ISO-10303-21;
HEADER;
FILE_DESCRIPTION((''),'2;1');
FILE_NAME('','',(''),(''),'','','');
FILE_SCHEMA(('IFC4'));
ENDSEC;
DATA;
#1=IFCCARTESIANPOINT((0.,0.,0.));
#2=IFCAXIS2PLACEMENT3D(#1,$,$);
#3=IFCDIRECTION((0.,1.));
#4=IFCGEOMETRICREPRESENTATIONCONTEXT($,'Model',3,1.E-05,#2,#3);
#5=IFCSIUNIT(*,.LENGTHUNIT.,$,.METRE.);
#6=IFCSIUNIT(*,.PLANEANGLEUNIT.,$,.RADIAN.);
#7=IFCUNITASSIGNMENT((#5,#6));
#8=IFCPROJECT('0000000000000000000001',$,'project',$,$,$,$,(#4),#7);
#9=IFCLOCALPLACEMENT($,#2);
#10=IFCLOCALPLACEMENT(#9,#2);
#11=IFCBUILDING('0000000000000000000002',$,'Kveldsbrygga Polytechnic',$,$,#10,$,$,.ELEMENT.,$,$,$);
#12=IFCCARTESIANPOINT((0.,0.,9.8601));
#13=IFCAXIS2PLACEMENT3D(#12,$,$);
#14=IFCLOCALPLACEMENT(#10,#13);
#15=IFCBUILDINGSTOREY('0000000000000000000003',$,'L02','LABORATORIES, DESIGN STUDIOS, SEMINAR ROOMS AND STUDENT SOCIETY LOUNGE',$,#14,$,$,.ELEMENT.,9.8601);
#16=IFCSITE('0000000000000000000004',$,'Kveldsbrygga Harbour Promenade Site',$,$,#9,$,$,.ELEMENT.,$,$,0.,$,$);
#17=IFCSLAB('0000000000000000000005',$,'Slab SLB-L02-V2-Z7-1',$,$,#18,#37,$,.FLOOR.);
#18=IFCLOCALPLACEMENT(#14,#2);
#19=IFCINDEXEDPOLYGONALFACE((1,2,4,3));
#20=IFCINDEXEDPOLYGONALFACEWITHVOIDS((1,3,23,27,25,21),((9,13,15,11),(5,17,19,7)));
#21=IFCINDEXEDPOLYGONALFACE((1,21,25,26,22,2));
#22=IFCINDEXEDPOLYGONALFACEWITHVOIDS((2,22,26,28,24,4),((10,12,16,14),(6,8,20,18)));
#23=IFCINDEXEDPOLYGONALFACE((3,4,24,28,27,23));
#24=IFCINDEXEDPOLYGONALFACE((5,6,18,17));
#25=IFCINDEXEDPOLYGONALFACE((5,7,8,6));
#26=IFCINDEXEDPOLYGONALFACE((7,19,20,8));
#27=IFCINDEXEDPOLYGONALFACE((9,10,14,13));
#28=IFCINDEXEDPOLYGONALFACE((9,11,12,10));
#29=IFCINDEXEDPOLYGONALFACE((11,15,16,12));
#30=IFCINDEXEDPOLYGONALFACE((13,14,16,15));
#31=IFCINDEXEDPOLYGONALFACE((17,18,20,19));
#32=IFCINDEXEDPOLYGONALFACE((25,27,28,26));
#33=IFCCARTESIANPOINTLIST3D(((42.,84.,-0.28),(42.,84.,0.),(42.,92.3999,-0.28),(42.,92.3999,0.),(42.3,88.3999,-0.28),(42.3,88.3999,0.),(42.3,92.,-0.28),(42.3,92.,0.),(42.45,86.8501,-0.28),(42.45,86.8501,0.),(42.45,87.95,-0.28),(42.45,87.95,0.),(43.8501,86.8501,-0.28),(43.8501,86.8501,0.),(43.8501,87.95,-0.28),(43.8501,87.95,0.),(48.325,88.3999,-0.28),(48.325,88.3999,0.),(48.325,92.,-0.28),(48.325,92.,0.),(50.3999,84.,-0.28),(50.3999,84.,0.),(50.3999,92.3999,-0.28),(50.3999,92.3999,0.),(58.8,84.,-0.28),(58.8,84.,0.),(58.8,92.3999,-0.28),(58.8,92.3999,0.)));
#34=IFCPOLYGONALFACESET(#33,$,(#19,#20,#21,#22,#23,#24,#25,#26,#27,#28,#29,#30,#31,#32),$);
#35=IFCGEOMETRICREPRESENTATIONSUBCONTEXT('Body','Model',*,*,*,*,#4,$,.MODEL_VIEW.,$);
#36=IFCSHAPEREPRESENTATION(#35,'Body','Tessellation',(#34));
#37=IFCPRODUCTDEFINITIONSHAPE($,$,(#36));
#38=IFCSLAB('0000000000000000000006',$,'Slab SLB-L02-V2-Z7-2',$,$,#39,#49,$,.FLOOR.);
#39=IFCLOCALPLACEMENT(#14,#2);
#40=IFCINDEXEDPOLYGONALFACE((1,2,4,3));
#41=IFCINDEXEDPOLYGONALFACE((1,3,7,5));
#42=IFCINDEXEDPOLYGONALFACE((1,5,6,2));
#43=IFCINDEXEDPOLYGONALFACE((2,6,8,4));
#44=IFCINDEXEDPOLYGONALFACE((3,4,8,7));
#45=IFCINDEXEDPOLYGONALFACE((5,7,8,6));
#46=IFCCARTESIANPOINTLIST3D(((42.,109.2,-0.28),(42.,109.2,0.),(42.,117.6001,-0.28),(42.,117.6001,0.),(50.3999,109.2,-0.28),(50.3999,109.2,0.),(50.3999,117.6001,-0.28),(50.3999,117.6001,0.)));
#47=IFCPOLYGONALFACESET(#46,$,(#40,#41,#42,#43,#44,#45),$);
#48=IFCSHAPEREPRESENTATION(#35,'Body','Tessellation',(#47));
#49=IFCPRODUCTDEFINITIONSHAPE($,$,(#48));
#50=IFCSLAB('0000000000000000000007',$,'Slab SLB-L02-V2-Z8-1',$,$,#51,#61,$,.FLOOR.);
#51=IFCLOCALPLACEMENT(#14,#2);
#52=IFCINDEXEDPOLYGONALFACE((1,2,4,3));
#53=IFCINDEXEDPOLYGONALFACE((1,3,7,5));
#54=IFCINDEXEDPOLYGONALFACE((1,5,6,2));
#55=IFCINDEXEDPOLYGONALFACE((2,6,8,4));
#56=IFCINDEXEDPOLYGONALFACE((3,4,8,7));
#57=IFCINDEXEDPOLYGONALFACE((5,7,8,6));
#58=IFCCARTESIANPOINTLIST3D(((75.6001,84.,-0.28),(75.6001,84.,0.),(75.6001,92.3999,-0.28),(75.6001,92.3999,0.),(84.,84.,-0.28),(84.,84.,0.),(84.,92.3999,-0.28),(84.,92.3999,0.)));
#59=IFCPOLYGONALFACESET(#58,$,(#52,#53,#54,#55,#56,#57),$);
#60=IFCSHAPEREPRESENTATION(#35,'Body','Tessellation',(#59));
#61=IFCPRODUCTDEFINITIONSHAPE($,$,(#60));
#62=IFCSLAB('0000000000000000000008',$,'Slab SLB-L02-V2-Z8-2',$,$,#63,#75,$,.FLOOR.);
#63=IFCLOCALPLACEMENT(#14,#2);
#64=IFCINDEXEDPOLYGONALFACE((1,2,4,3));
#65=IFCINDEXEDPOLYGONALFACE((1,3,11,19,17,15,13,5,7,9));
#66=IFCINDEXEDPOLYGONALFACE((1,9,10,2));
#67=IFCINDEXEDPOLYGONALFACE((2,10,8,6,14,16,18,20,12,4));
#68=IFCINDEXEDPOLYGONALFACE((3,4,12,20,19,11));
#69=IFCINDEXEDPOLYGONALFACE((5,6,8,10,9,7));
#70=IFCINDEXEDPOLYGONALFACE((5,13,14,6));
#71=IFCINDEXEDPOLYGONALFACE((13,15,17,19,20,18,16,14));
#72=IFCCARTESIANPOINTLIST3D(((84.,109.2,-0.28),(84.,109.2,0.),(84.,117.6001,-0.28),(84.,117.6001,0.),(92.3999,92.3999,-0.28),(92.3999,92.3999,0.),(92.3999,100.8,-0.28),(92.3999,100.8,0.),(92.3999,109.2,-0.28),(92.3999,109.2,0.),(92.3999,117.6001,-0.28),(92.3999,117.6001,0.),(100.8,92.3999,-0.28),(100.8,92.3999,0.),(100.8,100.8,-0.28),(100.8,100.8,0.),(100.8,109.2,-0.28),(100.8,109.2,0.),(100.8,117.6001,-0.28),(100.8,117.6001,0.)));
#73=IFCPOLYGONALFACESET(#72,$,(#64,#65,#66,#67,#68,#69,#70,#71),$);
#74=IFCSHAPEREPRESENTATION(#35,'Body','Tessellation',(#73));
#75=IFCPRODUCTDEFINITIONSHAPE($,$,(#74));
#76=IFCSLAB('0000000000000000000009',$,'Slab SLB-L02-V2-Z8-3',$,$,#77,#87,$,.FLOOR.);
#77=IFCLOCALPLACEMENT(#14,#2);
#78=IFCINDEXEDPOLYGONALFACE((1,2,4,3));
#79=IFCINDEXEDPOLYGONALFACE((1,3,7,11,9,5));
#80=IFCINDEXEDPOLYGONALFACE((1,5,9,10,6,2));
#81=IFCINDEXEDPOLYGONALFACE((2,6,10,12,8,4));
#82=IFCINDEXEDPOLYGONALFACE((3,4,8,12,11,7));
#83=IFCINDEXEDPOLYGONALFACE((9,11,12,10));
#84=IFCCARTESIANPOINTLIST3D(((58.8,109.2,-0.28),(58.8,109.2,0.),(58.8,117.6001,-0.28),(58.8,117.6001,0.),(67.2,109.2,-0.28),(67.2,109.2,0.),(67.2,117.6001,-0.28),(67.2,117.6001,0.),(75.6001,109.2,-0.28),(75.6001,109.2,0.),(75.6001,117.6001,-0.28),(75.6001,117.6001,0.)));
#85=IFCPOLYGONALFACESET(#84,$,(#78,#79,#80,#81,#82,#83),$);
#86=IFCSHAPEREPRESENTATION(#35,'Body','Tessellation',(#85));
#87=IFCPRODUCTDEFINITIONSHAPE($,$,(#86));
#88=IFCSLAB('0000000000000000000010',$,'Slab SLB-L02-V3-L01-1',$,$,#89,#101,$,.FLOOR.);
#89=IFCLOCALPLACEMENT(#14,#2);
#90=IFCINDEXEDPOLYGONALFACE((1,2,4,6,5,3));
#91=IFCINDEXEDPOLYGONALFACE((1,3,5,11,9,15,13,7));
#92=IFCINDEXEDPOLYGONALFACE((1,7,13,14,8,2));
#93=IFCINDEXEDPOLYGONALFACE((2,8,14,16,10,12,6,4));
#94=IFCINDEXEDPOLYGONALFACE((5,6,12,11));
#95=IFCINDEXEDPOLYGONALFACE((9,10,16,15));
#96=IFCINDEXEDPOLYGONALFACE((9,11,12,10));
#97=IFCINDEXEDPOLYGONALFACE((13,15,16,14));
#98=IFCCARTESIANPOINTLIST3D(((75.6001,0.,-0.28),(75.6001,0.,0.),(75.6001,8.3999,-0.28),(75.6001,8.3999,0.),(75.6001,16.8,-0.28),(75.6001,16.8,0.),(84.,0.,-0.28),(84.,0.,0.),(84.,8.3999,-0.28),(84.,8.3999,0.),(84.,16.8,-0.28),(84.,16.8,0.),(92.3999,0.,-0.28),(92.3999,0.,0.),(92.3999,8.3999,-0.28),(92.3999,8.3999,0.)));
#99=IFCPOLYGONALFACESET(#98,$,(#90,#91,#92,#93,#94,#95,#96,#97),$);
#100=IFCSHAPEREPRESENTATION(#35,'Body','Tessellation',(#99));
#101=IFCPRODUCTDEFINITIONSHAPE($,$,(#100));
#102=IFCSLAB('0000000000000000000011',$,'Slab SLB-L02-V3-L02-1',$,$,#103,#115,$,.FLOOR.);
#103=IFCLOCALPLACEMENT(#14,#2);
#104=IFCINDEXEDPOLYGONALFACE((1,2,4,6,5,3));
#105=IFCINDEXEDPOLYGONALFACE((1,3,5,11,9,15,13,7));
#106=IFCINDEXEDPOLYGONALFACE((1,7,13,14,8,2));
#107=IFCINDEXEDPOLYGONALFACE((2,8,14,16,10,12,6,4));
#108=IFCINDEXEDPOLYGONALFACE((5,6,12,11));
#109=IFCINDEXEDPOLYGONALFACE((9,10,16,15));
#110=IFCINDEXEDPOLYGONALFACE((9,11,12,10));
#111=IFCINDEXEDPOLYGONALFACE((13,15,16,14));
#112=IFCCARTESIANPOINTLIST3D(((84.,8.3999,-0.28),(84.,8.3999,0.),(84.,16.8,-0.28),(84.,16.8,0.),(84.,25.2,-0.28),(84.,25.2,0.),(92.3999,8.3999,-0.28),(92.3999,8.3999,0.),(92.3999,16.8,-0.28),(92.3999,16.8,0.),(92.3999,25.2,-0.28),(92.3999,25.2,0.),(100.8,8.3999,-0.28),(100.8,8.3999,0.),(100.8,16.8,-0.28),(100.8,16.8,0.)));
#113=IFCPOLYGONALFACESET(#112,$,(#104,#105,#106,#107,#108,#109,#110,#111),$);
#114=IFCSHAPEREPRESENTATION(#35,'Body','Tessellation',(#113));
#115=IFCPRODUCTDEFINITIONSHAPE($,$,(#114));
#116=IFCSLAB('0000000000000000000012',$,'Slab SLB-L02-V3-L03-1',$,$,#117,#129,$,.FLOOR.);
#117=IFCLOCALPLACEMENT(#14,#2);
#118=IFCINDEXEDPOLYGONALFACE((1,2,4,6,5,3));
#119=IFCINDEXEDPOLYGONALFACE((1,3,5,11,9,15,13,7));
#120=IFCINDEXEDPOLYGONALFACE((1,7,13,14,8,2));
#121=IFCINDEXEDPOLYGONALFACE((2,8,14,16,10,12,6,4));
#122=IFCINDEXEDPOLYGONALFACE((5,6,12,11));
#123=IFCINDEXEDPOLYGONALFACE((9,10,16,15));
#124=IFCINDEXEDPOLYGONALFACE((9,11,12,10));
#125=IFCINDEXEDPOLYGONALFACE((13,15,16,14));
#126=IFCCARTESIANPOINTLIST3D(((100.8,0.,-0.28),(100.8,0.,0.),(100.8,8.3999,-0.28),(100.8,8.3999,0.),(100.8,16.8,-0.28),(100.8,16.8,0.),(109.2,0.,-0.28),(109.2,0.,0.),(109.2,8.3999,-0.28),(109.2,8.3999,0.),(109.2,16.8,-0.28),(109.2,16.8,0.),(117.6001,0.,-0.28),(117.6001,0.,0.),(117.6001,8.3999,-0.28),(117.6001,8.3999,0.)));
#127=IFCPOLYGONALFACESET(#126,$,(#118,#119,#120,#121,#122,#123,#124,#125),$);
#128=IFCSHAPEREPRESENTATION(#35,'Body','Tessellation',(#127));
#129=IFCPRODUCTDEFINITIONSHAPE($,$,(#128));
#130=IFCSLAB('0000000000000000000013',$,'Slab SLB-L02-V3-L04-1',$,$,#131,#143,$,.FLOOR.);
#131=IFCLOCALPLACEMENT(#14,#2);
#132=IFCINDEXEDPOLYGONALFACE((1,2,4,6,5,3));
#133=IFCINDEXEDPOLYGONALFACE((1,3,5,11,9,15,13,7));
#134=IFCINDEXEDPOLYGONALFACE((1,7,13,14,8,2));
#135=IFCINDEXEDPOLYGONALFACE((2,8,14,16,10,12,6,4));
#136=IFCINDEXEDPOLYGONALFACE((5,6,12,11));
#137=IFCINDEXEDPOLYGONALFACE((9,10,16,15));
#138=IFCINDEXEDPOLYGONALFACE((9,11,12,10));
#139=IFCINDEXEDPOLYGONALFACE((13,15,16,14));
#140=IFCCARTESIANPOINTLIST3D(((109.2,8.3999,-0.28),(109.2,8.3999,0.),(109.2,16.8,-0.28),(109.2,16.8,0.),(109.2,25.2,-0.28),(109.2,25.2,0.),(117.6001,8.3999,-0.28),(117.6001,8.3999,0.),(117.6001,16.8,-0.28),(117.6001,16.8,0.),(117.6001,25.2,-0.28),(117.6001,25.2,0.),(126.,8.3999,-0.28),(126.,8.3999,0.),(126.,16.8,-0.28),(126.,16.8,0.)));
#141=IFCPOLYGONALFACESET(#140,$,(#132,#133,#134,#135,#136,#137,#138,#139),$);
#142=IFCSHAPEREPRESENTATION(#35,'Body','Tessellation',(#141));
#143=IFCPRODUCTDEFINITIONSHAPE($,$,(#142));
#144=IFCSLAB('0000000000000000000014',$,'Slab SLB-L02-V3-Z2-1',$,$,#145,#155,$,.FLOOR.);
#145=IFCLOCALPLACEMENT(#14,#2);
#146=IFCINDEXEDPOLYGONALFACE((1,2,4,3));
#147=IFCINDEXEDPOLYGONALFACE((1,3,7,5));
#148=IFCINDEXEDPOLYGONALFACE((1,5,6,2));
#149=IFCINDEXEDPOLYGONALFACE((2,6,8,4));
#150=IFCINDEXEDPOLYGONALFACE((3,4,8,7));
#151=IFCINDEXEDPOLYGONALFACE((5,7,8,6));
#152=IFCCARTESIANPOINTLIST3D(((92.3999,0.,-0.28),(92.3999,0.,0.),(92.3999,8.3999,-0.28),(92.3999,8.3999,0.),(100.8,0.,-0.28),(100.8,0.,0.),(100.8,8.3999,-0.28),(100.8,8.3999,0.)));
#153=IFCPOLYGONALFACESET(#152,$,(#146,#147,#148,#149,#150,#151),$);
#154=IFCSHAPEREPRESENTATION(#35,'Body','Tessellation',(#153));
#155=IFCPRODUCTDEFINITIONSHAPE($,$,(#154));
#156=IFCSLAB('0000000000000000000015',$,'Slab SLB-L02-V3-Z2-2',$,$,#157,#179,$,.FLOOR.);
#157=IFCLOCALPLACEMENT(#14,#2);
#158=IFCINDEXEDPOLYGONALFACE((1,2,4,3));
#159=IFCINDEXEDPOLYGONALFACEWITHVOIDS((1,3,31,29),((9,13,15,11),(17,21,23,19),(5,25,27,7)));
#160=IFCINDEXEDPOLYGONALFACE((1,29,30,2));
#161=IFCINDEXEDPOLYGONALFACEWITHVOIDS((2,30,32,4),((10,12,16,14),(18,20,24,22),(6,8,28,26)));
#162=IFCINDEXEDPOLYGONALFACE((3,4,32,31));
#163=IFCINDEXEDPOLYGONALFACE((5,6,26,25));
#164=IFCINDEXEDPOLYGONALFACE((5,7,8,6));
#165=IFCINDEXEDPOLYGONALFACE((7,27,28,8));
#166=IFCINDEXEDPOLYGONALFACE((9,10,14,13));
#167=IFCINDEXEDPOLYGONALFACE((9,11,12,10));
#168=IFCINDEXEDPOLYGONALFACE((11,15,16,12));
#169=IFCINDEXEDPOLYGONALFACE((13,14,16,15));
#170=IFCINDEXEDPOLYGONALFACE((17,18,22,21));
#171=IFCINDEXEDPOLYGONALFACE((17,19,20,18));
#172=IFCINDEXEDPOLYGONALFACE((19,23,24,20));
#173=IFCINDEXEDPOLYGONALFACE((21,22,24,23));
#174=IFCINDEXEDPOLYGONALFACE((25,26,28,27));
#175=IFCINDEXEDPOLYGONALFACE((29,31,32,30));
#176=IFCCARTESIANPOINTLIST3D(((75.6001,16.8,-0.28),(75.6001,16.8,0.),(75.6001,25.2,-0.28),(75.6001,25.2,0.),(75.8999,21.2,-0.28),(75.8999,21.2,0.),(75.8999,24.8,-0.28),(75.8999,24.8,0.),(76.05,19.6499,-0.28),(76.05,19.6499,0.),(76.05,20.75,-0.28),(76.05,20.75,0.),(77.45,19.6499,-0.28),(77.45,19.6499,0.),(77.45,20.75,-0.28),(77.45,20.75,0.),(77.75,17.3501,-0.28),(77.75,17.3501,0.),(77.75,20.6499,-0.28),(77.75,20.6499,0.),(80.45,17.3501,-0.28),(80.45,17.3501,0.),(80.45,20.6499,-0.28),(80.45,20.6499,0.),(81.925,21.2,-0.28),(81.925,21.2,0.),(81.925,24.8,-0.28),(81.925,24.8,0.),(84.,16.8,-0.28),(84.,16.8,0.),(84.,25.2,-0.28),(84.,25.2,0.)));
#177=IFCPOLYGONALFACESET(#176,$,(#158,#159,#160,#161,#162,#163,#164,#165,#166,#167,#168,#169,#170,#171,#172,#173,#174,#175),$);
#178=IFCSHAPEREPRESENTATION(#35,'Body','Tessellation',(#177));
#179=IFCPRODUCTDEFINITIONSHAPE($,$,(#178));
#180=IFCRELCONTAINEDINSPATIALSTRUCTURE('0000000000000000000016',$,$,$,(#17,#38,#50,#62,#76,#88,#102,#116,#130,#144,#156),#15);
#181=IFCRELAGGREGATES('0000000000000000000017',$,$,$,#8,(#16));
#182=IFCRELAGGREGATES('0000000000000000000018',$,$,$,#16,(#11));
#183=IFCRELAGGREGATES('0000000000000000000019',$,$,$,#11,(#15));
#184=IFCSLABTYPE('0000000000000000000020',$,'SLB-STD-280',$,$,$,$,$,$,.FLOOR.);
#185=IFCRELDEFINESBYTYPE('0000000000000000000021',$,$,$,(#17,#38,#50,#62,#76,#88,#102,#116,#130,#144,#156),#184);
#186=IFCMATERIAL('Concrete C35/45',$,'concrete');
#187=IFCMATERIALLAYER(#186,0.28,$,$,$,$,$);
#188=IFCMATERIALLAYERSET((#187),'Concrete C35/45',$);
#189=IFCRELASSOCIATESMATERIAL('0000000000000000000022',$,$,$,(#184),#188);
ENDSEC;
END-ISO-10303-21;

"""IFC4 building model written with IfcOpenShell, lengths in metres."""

from ifc_helpers import new_model, si_unit, direction, frame, origin, place, context, subcontext, project, spatial, polyline, outline, extrude, material, layer, layer_set, type_object, element, save


model = new_model("IFC4")

# Units and contexts
model_context = context("Model", 3, precision=1e-05, world=origin(), true_north=direction((0.0, 1.0)))
body_context = subcontext(model_context, "Body", "Model", "MODEL_VIEW")
ifc_project = project(units=[si_unit("LENGTHUNIT", "METRE"), si_unit("PLANEANGLEUNIT", "RADIAN")], contexts=[model_context])

# Site, building, storey
site_placement = place(None, origin())
site = spatial("IfcSite", under=ifc_project, at=site_placement, Name="Kveldsbrygga Harbour Promenade Site", CompositionType="ELEMENT", RefElevation=0.0)
building_placement = place(site_placement, origin())
building = spatial("IfcBuilding", under=site, at=building_placement, Name="Kveldsbrygga Polytechnic", CompositionType="ELEMENT")
storey_placement = place(building_placement, frame((0.0, 0.0, 9.8601)))
storey = spatial("IfcBuildingStorey", under=building, at=storey_placement, Name="L02", Description="LABORATORIES, DESIGN STUDIOS, SEMINAR ROOMS AND STUDENT SOCIETY LOUNGE", CompositionType="ELEMENT", Elevation=9.8601)

# Slabs
ifc_material = material(Name="Concrete C35/45", Category="concrete")
ifc_layer_1 = layer(ifc_material, 0.28)
ifc_layer_set_1 = layer_set([ifc_layer_1], Name="Concrete C35/45")
slab_type_1 = type_object("IfcSlabType", Name="SLB-STD-280", PredefinedType="FLOOR", material=ifc_layer_set_1)
slab_1_placement = place(storey_placement, frame((0.0, 0.0, -0.28)))
element("IfcSlab", 1, at=slab_1_placement, inside=storey, type_object=slab_type_1, Name="Slab SLB-L02-V2-Z7-1", PredefinedType="FLOOR", context=body_context, shape_type="SweptSolid", body=[
    extrude(outline(polyline([(42.0, 84.0), (42.0, 92.3999), (50.3999, 92.3999), (58.8, 92.3999), (58.8, 84.0), (50.3999, 84.0), (42.0, 84.0)]), holes=[polyline([(48.325, 92.0), (42.3, 92.0), (42.3, 88.3999), (48.325, 88.3999), (48.325, 92.0)]), polyline([(42.45, 86.8501), (43.8501, 86.8501), (43.8501, 87.95), (42.45, 87.95), (42.45, 86.8501)])]), origin(), (0.0, 0.0, 1.0), 0.28),
])
slab_2_placement = place(storey_placement, frame((0.0, 0.0, -0.28)))
element("IfcSlab", 2, at=slab_2_placement, inside=storey, type_object=slab_type_1, Name="Slab SLB-L02-V2-Z7-2", PredefinedType="FLOOR", context=body_context, shape_type="SweptSolid", body=[
    extrude(outline(polyline([(42.0, 117.6001), (50.3999, 117.6001), (50.3999, 109.2), (42.0, 109.2), (42.0, 117.6001)])), origin(), (0.0, 0.0, 1.0), 0.28),
])
slab_3_placement = place(storey_placement, frame((0.0, 0.0, -0.28)))
element("IfcSlab", 3, at=slab_3_placement, inside=storey, type_object=slab_type_1, Name="Slab SLB-L02-V2-Z8-1", PredefinedType="FLOOR", context=body_context, shape_type="SweptSolid", body=[
    extrude(outline(polyline([(75.6001, 92.3999), (84.0, 92.3999), (84.0, 84.0), (75.6001, 84.0), (75.6001, 92.3999)])), origin(), (0.0, 0.0, 1.0), 0.28),
])
slab_4_placement = place(storey_placement, frame((0.0, 0.0, -0.28)))
element("IfcSlab", 4, at=slab_4_placement, inside=storey, type_object=slab_type_1, Name="Slab SLB-L02-V2-Z8-2", PredefinedType="FLOOR", context=body_context, shape_type="SweptSolid", body=[
    extrude(outline(polyline([(92.3999, 100.8), (92.3999, 109.2), (84.0, 109.2), (84.0, 117.6001), (92.3999, 117.6001), (100.8, 117.6001), (100.8, 109.2), (100.8, 100.8), (100.8, 92.3999), (92.3999, 92.3999), (92.3999, 100.8)])), origin(), (0.0, 0.0, 1.0), 0.28),
])
slab_5_placement = place(storey_placement, frame((0.0, 0.0, -0.28)))
element("IfcSlab", 5, at=slab_5_placement, inside=storey, type_object=slab_type_1, Name="Slab SLB-L02-V2-Z8-3", PredefinedType="FLOOR", context=body_context, shape_type="SweptSolid", body=[
    extrude(outline(polyline([(67.2, 117.6001), (75.6001, 117.6001), (75.6001, 109.2), (67.2, 109.2), (58.8, 109.2), (58.8, 117.6001), (67.2, 117.6001)])), origin(), (0.0, 0.0, 1.0), 0.28),
])
slab_6_placement = place(storey_placement, frame((0.0, 0.0, -0.28)))
element("IfcSlab", 6, at=slab_6_placement, inside=storey, type_object=slab_type_1, Name="Slab SLB-L02-V3-L01-1", PredefinedType="FLOOR", context=body_context, shape_type="SweptSolid", body=[
    extrude(outline(polyline([(75.6001, 0.0), (75.6001, 8.3999), (75.6001, 16.8), (84.0, 16.8), (84.0, 8.3999), (92.3999, 8.3999), (92.3999, 0.0), (84.0, 0.0), (75.6001, 0.0)])), origin(), (0.0, 0.0, 1.0), 0.28),
])
slab_7_placement = place(storey_placement, frame((0.0, 0.0, -0.28)))
element("IfcSlab", 7, at=slab_7_placement, inside=storey, type_object=slab_type_1, Name="Slab SLB-L02-V3-L02-1", PredefinedType="FLOOR", context=body_context, shape_type="SweptSolid", body=[
    extrude(outline(polyline([(84.0, 8.3999), (84.0, 16.8), (84.0, 25.2), (92.3999, 25.2), (92.3999, 16.8), (100.8, 16.8), (100.8, 8.3999), (92.3999, 8.3999), (84.0, 8.3999)])), origin(), (0.0, 0.0, 1.0), 0.28),
])
slab_8_placement = place(storey_placement, frame((0.0, 0.0, -0.28)))
element("IfcSlab", 8, at=slab_8_placement, inside=storey, type_object=slab_type_1, Name="Slab SLB-L02-V3-L03-1", PredefinedType="FLOOR", context=body_context, shape_type="SweptSolid", body=[
    extrude(outline(polyline([(100.8, 0.0), (100.8, 8.3999), (100.8, 16.8), (109.2, 16.8), (109.2, 8.3999), (117.6001, 8.3999), (117.6001, 0.0), (109.2, 0.0), (100.8, 0.0)])), origin(), (0.0, 0.0, 1.0), 0.28),
])
slab_9_placement = place(storey_placement, frame((0.0, 0.0, -0.28)))
element("IfcSlab", 9, at=slab_9_placement, inside=storey, type_object=slab_type_1, Name="Slab SLB-L02-V3-L04-1", PredefinedType="FLOOR", context=body_context, shape_type="SweptSolid", body=[
    extrude(outline(polyline([(109.2, 8.3999), (109.2, 16.8), (109.2, 25.2), (117.6001, 25.2), (117.6001, 16.8), (126.0, 16.8), (126.0, 8.3999), (117.6001, 8.3999), (109.2, 8.3999)])), origin(), (0.0, 0.0, 1.0), 0.28),
])
slab_10_placement = place(storey_placement, frame((0.0, 0.0, -0.28)))
element("IfcSlab", 10, at=slab_10_placement, inside=storey, type_object=slab_type_1, Name="Slab SLB-L02-V3-Z2-1", PredefinedType="FLOOR", context=body_context, shape_type="SweptSolid", body=[
    extrude(outline(polyline([(92.3999, 8.3999), (100.8, 8.3999), (100.8, 0.0), (92.3999, 0.0), (92.3999, 8.3999)])), origin(), (0.0, 0.0, 1.0), 0.28),
])
slab_11_placement = place(storey_placement, frame((0.0, 0.0, -0.28)))
element("IfcSlab", 11, at=slab_11_placement, inside=storey, type_object=slab_type_1, Name="Slab SLB-L02-V3-Z2-2", PredefinedType="FLOOR", context=body_context, shape_type="SweptSolid", body=[
    extrude(outline(polyline([(75.6001, 25.2), (84.0, 25.2), (84.0, 16.8), (75.6001, 16.8), (75.6001, 25.2)]), holes=[polyline([(81.925, 24.8), (75.8999, 24.8), (75.8999, 21.2), (81.925, 21.2), (81.925, 24.8)]), polyline([(77.75, 17.3501), (80.45, 17.3501), (80.45, 20.6499), (77.75, 20.6499), (77.75, 17.3501)]), polyline([(76.05, 19.6499), (77.45, 19.6499), (77.45, 20.75), (76.05, 20.75), (76.05, 19.6499)])]), origin(), (0.0, 0.0, 1.0), 0.28),
])

save(model, "model.ifc")
